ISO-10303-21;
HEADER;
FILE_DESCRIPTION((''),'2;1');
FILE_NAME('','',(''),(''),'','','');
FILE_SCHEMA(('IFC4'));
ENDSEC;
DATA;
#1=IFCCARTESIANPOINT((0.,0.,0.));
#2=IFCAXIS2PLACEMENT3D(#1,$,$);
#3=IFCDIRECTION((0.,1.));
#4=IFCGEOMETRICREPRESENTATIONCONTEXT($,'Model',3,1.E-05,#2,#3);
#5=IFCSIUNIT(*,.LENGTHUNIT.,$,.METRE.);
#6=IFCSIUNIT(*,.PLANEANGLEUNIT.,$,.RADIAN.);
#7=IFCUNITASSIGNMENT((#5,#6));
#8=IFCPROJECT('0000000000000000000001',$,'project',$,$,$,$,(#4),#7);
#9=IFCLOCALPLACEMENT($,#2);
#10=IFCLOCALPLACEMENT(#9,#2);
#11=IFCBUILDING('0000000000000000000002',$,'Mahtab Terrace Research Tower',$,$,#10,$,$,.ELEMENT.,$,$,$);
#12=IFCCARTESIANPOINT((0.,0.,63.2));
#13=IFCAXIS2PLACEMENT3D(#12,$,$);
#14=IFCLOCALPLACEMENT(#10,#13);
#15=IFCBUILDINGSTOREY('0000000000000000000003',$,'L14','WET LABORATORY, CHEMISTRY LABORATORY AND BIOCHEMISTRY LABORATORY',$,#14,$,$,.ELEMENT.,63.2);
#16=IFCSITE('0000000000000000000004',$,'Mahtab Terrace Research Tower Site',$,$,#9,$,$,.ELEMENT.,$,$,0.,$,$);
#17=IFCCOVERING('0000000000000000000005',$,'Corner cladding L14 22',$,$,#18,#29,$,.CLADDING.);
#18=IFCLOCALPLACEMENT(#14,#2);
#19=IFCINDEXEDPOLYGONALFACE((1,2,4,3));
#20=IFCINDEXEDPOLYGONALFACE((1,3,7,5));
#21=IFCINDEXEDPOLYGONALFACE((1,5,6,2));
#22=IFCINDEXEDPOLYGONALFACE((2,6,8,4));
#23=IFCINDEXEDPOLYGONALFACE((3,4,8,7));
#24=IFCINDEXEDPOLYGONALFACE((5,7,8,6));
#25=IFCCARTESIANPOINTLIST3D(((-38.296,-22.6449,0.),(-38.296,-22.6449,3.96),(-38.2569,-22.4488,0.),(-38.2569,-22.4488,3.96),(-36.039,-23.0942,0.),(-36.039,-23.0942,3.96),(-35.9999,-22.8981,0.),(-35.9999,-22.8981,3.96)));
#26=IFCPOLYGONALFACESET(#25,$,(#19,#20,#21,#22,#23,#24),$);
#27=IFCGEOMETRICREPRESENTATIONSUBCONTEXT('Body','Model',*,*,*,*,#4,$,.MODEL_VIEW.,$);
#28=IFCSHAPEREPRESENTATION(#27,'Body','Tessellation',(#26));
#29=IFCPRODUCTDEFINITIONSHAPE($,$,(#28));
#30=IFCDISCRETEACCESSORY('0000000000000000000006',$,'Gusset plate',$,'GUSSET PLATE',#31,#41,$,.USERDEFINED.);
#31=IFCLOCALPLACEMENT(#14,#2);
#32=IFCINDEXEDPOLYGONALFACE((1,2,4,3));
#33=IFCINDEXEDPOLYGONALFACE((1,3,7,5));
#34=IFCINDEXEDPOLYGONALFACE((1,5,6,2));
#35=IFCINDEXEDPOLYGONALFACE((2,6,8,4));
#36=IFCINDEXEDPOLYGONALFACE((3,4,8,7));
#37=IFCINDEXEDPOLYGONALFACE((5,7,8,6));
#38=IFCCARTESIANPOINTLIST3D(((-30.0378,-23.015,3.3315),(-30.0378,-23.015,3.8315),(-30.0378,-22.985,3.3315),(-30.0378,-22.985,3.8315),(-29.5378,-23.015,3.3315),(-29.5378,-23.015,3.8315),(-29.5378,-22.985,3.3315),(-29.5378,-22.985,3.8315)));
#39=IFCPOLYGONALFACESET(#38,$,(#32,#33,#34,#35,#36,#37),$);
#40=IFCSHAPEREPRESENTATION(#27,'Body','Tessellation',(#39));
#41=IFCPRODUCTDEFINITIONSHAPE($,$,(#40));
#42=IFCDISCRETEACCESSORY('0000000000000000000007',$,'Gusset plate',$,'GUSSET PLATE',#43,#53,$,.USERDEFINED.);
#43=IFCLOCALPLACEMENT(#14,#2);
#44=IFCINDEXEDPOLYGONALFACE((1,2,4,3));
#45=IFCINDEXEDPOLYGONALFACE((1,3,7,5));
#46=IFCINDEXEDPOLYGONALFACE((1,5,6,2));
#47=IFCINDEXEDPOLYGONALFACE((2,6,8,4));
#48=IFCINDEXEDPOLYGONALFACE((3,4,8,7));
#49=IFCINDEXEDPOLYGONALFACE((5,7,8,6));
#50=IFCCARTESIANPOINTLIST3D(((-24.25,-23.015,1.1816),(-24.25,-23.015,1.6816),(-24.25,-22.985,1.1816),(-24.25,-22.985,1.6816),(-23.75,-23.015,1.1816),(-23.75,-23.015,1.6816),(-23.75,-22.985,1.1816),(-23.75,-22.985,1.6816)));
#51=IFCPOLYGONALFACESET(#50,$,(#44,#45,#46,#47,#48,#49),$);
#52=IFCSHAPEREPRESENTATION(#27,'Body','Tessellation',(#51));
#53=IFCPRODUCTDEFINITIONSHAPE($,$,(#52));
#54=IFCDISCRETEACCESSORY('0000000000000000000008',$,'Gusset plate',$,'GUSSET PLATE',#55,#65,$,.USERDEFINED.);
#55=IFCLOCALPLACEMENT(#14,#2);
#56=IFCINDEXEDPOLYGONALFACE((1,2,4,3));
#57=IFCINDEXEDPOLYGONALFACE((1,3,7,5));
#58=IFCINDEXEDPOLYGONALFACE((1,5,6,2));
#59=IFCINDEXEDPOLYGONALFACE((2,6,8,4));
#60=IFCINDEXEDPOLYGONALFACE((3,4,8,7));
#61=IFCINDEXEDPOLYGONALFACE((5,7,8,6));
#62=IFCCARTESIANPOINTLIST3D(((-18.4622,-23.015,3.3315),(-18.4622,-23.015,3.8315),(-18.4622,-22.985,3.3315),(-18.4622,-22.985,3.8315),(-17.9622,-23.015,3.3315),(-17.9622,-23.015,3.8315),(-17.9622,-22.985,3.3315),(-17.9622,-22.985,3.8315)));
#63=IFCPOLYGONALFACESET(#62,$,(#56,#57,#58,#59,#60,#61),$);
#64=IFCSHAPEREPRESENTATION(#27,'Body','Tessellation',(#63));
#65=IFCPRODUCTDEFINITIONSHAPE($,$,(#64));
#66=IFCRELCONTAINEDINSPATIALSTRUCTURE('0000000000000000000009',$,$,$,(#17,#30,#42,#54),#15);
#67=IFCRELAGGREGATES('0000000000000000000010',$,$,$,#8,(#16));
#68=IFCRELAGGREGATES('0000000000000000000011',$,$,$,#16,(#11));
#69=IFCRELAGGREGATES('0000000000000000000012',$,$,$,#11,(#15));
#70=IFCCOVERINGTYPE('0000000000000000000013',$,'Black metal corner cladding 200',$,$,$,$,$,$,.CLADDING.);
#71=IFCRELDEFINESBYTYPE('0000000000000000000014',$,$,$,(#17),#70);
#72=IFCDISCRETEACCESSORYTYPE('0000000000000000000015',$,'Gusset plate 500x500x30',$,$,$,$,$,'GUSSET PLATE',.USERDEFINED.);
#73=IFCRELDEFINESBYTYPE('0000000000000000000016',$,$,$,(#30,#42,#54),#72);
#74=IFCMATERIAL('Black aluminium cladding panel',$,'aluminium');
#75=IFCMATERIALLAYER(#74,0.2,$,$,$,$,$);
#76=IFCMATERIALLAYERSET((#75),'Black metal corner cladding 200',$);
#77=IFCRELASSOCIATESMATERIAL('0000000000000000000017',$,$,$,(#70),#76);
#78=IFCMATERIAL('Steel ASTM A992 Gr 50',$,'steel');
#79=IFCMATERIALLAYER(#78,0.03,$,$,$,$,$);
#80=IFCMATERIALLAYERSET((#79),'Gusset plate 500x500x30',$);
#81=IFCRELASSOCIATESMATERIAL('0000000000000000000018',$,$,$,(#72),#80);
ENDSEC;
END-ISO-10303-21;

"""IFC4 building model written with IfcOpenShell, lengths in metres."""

from ifc_helpers import new_model, si_unit, direction, frame, origin, origin_2d, place, context, subcontext, project, spatial, rectangle, extrude, material, layer, layer_set, type_object, element, save


model = new_model("IFC4")

# Units and contexts
model_context = context("Model", 3, precision=1e-05, world=origin(), true_north=direction((0.0, 1.0)))
body_context = subcontext(model_context, "Body", "Model", "MODEL_VIEW")
ifc_project = project(units=[si_unit("LENGTHUNIT", "METRE"), si_unit("PLANEANGLEUNIT", "RADIAN")], contexts=[model_context])

# Site, building, storey
site_placement = place(None, origin())
site = spatial("IfcSite", under=ifc_project, at=site_placement, Name="Mahtab Terrace Research Tower Site", CompositionType="ELEMENT", RefElevation=0.0)
building_placement = place(site_placement, origin())
building = spatial("IfcBuilding", under=site, at=building_placement, Name="Mahtab Terrace Research Tower", CompositionType="ELEMENT")
storey_placement = place(building_placement, frame((0.0, 0.0, 63.2)))
storey = spatial("IfcBuildingStorey", under=building, at=storey_placement, Name="L14", Description="WET LABORATORY, CHEMISTRY LABORATORY AND BIOCHEMISTRY LABORATORY", CompositionType="ELEMENT", Elevation=63.2)

# Shared definitions
ifc_material_1 = material(Name="Steel ASTM A992 Gr 50", Category="steel")

# Shared definitions
ifc_material_2 = material(Name="Black aluminium cladding panel", Category="aluminium")

# Covering
ifc_layer_1 = layer(ifc_material_2, 0.2)
ifc_layer_set_1 = layer_set([ifc_layer_1], Name="Black metal corner cladding 200")
covering_type = type_object("IfcCoveringType", Name="Black metal corner cladding 200", PredefinedType="CLADDING", material=ifc_layer_set_1)
covering_1_placement = place(storey_placement, frame((-37.1479, -22.7715, 0.0), z_axis=(0.0, 0.0, 1.0), x_axis=(0.980761, -0.195212, 0.0)))
element("IfcCovering", 1, at=covering_1_placement, inside=storey, type_object=covering_type, Name="Corner cladding L14 22", PredefinedType="CLADDING", context=body_context, shape_type="SweptSolid", body=[
    extrude(rectangle(XDim=2.3013, YDim=0.2, at=origin_2d()), origin(), (0.0, 0.0, 1.0), 3.96),
])

# Discrete accessories
ifc_layer_2 = layer(ifc_material_1, 0.03)
ifc_layer_set_2 = layer_set([ifc_layer_2], Name="Gusset plate 500x500x30")
discrete_accessory_type = type_object("IfcDiscreteAccessoryType", Name="Gusset plate 500x500x30", ElementType="GUSSET PLATE", PredefinedType="USERDEFINED", material=ifc_layer_set_2)
for number, where, z_axis, x_axis, name in (
    (2, (-29.7878, -23.0, 3.3315), (0.0, 0.0, 1.0), (1.0, 0.0, 0.0), "Gusset plate"),
    (3, (-24.0, -23.0, 1.1816), (0.0, 0.0, 1.0), (1.0, 0.0, 0.0), "Gusset plate"),
    (4, (-18.2122, -23.0, 3.3315), (0.0, 0.0, 1.0), (1.0, 0.0, 0.0), "Gusset plate"),
):
    element("IfcDiscreteAccessory", number, at=place(storey_placement, frame(where, z_axis=z_axis, x_axis=x_axis)), inside=storey, type_object=discrete_accessory_type, Name=name, ObjectType="GUSSET PLATE", PredefinedType="USERDEFINED", context=body_context, shape_type="SweptSolid", body=[
        extrude(rectangle(XDim=0.5, YDim=0.03, at=origin_2d()), origin(), (0.0, 0.0, 1.0), 0.5),
    ])

save(model, "model.ifc")
